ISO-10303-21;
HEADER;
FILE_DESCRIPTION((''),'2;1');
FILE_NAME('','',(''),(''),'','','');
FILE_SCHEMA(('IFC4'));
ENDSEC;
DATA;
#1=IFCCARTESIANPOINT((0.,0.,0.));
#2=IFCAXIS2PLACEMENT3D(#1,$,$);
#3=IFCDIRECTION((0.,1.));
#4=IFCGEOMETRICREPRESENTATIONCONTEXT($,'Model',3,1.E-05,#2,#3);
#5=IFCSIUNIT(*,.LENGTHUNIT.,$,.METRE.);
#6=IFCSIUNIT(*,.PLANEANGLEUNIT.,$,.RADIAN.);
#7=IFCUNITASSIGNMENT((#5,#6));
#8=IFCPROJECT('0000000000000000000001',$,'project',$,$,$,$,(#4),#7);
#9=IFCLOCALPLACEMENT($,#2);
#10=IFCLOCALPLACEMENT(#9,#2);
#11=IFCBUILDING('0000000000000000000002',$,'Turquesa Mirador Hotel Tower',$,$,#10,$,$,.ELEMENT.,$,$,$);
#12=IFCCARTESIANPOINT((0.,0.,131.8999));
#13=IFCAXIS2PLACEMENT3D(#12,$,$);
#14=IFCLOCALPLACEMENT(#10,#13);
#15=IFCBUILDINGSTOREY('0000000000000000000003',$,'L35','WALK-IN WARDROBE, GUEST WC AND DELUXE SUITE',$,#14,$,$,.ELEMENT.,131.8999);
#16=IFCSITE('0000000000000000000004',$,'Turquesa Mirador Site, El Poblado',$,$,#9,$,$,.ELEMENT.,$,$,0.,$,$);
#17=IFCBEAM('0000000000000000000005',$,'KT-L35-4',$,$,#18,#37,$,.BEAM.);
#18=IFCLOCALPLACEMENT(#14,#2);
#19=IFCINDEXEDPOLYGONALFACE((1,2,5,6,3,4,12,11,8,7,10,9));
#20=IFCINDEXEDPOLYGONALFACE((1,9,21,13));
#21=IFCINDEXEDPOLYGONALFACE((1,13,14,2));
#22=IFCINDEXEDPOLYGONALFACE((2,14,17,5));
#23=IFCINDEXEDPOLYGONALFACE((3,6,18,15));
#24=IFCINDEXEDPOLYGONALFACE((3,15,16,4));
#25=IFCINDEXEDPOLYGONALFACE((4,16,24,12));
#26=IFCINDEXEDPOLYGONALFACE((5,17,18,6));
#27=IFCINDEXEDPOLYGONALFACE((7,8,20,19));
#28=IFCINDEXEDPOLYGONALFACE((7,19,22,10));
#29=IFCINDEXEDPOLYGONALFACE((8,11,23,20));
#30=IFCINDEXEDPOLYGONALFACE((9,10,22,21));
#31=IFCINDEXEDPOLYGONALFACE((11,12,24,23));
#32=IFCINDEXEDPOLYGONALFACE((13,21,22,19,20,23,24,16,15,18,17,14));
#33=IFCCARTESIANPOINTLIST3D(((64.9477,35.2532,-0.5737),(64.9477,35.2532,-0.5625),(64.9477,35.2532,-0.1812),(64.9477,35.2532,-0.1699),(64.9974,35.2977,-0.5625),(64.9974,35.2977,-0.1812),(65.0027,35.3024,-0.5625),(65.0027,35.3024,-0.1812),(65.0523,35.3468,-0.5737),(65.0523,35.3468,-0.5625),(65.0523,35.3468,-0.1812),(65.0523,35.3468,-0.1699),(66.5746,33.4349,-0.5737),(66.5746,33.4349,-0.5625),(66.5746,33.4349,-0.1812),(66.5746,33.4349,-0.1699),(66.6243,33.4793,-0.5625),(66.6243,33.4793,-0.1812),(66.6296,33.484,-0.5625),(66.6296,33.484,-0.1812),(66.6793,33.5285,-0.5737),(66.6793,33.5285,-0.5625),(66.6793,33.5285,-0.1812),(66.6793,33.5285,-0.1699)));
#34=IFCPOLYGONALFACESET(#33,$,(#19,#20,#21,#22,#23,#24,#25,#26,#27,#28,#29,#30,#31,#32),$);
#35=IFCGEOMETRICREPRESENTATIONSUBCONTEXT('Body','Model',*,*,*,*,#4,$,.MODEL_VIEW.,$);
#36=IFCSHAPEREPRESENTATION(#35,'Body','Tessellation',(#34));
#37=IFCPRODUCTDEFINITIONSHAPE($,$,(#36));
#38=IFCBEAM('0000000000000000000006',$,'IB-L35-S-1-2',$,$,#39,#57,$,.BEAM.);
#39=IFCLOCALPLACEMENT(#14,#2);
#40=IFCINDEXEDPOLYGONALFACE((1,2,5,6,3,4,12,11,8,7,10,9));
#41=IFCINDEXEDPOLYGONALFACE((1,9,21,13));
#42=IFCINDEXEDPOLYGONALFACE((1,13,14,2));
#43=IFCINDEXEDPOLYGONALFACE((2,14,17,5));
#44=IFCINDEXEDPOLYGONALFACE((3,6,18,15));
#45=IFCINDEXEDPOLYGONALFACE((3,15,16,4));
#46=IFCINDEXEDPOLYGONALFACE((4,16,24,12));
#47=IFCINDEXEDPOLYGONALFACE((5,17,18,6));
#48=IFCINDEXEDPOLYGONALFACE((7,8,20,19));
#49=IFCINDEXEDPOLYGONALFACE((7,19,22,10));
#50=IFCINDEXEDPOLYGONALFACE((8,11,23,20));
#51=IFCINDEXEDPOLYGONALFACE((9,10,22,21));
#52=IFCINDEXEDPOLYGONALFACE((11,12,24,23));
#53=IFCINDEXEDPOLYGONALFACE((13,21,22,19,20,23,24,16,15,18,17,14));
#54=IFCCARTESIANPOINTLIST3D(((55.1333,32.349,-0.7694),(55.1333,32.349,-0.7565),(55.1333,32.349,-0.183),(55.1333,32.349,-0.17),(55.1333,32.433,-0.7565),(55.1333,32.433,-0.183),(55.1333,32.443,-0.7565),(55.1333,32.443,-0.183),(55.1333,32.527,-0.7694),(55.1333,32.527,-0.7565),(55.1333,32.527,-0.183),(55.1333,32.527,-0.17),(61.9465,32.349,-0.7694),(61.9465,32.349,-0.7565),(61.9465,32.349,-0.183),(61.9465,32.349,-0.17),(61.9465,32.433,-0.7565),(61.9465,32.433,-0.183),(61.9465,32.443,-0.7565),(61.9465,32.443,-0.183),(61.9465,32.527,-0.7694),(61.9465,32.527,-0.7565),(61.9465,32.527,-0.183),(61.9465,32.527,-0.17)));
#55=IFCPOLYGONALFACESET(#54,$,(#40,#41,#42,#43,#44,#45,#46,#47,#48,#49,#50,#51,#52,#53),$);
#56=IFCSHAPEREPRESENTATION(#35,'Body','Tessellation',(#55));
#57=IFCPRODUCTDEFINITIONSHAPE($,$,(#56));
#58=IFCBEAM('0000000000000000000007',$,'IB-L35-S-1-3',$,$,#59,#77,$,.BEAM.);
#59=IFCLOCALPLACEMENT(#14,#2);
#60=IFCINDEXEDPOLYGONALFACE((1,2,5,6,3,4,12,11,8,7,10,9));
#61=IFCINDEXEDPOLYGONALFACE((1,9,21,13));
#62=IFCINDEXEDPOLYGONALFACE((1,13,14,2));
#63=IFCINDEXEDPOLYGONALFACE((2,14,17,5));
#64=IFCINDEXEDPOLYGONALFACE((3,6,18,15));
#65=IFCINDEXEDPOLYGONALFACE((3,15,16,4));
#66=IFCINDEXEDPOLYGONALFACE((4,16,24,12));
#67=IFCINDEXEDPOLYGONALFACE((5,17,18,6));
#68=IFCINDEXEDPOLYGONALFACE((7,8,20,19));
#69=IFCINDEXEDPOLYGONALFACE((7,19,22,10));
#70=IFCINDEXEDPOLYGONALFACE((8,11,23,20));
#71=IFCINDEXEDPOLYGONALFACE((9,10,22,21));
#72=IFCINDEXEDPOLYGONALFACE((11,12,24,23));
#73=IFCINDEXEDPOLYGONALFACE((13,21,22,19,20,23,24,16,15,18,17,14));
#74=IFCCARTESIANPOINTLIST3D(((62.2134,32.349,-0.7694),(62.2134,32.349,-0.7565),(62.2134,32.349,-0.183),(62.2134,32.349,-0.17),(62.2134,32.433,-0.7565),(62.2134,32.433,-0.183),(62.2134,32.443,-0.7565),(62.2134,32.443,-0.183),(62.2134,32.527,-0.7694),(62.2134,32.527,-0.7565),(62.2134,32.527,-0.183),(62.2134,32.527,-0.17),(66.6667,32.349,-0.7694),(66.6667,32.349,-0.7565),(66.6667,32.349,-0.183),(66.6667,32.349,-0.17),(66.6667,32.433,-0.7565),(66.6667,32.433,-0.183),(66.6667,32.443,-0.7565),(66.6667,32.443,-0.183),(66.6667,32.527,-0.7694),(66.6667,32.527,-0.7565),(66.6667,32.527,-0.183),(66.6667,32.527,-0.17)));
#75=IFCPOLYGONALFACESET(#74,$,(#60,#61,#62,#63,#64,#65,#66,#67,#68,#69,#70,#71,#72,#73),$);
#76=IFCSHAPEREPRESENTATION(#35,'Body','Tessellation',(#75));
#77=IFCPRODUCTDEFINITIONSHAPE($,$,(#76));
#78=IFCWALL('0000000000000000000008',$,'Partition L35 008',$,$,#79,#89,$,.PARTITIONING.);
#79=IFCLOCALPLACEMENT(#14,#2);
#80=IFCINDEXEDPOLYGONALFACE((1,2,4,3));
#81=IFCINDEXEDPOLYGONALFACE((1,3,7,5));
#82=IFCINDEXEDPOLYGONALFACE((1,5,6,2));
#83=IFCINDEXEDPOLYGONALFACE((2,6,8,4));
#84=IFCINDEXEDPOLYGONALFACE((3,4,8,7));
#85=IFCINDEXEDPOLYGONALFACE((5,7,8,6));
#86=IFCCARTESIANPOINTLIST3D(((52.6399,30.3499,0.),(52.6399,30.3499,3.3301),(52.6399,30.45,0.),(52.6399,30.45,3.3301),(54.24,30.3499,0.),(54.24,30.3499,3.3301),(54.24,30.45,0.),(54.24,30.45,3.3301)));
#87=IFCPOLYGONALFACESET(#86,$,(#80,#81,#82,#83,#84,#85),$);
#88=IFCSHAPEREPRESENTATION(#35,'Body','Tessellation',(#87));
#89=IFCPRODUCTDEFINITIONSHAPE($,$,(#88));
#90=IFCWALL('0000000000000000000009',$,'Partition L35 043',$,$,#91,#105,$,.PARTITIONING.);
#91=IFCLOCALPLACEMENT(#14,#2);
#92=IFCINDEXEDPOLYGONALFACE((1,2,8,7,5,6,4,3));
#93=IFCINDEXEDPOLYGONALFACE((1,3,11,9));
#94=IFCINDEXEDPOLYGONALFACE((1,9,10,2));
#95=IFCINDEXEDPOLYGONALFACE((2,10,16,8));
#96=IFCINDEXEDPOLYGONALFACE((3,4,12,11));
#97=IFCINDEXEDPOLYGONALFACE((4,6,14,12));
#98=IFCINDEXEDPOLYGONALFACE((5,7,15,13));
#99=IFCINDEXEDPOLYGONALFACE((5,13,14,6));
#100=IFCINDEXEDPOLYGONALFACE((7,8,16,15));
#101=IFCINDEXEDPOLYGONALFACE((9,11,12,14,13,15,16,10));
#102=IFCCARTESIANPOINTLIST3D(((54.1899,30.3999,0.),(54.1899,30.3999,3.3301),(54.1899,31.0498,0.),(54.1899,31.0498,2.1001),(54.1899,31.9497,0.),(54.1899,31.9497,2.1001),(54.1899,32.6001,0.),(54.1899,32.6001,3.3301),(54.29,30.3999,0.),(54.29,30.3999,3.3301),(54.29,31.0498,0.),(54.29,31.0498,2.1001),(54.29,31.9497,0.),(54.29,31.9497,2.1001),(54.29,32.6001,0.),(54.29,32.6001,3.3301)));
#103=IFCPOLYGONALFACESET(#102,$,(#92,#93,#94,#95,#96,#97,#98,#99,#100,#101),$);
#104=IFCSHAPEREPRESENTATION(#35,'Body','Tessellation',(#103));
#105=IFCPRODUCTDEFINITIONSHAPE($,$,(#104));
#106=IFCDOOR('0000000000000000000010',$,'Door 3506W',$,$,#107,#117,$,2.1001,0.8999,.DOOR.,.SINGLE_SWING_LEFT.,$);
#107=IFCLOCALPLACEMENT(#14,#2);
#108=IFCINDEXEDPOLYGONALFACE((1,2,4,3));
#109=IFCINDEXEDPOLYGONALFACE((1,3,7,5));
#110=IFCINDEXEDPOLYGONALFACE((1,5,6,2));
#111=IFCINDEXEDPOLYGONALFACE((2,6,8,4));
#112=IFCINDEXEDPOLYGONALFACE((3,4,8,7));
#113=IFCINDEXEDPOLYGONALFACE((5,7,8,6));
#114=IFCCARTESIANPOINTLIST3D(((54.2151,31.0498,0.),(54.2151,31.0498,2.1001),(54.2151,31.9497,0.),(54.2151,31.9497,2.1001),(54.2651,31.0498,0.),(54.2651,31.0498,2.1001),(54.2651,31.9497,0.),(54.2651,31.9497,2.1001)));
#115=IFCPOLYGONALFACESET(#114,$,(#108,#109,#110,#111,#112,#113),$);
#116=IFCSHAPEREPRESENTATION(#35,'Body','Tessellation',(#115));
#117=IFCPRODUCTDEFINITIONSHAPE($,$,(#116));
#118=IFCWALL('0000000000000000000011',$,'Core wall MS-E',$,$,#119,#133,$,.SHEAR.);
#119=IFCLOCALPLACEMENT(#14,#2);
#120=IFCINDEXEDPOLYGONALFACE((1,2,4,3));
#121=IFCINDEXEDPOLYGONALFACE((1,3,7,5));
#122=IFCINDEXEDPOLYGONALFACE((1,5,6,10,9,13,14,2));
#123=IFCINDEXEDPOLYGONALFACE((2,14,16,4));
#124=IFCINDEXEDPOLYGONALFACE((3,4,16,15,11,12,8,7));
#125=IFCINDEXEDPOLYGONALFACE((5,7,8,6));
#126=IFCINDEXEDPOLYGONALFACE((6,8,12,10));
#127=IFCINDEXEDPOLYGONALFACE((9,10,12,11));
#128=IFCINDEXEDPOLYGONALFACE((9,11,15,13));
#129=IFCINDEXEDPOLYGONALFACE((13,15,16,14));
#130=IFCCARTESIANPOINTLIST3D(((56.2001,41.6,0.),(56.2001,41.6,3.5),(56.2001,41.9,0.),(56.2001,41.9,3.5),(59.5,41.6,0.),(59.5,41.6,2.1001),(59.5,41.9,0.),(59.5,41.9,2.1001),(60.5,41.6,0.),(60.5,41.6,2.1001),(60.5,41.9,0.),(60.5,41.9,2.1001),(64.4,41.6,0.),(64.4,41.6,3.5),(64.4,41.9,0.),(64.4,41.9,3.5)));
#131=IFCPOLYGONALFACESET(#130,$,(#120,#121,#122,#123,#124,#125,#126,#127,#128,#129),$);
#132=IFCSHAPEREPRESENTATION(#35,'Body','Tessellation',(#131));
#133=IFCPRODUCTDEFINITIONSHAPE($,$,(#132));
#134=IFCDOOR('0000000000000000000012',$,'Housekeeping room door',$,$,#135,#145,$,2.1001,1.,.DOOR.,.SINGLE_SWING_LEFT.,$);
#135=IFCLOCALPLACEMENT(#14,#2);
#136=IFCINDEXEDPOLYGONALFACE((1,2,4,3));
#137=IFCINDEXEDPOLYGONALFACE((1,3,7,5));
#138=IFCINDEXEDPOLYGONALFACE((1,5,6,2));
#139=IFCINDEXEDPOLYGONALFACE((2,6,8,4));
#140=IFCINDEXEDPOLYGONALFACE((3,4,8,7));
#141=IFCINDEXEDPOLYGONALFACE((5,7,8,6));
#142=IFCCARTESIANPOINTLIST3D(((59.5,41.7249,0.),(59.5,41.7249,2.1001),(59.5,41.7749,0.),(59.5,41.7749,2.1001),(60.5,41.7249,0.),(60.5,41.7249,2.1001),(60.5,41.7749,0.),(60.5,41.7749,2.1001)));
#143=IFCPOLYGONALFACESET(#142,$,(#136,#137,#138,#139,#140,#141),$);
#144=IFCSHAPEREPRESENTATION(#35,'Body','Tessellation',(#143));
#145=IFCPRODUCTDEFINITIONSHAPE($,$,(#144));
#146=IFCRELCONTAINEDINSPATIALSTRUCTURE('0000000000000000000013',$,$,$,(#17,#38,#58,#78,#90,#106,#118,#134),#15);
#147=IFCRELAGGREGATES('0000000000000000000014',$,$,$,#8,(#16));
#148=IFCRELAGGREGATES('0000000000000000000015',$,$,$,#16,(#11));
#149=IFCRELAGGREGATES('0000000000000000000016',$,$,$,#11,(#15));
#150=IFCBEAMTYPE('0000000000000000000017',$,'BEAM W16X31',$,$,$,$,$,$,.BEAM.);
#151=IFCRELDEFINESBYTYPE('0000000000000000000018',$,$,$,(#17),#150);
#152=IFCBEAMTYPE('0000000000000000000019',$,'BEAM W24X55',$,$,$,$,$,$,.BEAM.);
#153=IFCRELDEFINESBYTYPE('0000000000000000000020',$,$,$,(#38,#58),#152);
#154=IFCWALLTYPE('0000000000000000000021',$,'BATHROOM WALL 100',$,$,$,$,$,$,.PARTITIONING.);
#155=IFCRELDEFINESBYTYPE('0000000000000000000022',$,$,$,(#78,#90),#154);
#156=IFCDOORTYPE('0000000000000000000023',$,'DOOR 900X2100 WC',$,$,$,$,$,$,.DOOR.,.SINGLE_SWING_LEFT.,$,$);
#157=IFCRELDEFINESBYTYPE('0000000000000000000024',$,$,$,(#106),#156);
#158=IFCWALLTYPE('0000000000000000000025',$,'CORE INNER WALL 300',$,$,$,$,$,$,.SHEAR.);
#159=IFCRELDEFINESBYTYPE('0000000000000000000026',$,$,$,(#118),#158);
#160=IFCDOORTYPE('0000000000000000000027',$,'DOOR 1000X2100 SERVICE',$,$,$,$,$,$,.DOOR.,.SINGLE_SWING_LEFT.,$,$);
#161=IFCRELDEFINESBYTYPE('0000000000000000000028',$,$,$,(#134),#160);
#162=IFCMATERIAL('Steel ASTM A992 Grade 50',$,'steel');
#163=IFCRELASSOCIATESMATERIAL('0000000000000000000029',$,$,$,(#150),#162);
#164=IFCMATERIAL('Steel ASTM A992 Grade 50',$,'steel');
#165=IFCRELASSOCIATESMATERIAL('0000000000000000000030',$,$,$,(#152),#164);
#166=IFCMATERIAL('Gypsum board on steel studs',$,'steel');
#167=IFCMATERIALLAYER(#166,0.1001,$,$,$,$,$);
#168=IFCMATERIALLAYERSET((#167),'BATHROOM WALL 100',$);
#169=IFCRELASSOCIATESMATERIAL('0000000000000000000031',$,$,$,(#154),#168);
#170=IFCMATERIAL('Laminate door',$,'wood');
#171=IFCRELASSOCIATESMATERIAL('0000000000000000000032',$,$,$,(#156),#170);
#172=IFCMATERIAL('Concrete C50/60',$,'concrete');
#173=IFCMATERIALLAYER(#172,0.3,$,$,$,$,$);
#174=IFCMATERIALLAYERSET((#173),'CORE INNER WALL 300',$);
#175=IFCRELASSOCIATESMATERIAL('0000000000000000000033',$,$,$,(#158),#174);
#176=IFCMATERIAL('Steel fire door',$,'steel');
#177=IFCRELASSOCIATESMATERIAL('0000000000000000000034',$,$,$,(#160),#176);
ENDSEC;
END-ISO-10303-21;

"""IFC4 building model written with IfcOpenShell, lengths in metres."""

from ifc_helpers import new_model, si_unit, direction, frame, frame_2d, origin, origin_2d, place, context, subcontext, project, spatial, rectangle, i_section, extrude, material, layer, layer_set, material_profile, profile_set, type_object, element, fill, save


model = new_model("IFC4")

# Units and contexts
model_context = context("Model", 3, precision=1e-05, world=origin(), true_north=direction((0.0, 1.0)))
body_context = subcontext(model_context, "Body", "Model", "MODEL_VIEW")
ifc_project = project(units=[si_unit("LENGTHUNIT", "METRE"), si_unit("PLANEANGLEUNIT", "RADIAN")], contexts=[model_context])

# Site, building, storey
site_placement = place(None, origin())
site = spatial("IfcSite", under=ifc_project, at=site_placement, Name="Turquesa Mirador Site, El Poblado", CompositionType="ELEMENT", RefElevation=0.0)
building_placement = place(site_placement, origin())
building = spatial("IfcBuilding", under=site, at=building_placement, Name="Turquesa Mirador Hotel Tower", CompositionType="ELEMENT")
storey_placement = place(building_placement, frame((0.0, 0.0, 131.8999)))
storey = spatial("IfcBuildingStorey", under=building, at=storey_placement, Name="L35", Description="WALK-IN WARDROBE, GUEST WC AND DELUXE SUITE", CompositionType="ELEMENT", Elevation=131.8999)

# Beams
ifc_material_1 = material(Name="Steel ASTM A992 Grade 50", Category="steel")
ifc_material_profile_1 = material_profile(ifc_material_1, i_section(OverallWidth=0.1404, OverallDepth=0.4038, WebThickness=0.0071, FlangeThickness=0.0112, at=origin_2d()), Name="W16X31")
ifc_profile_set_1 = profile_set([ifc_material_profile_1], Name="Steel ASTM A992 Grade 50")
beam_type_1 = type_object("IfcBeamType", Name="BEAM W16X31", PredefinedType="BEAM", material=ifc_profile_set_1)
beam_1_placement = place(storey_placement, frame((66.627, 33.4817, -0.3718), z_axis=(-0.666795, 0.745241, 0.0), x_axis=(-0.745241, -0.666795, 0.0)))
element("IfcBeam", 1, at=beam_1_placement, inside=storey, type_object=beam_type_1, Name="KT-L35-4", PredefinedType="BEAM", context=body_context, shape_type="SweptSolid", body=[
    extrude(i_section(OverallWidth=0.1404, OverallDepth=0.4038, WebThickness=0.0071, FlangeThickness=0.0112, at=origin_2d()), origin(), (0.0, 0.0, 1.0), 2.4399),
])
ifc_material_2 = material(Name="Steel ASTM A992 Grade 50", Category="steel")
ifc_material_profile_2 = material_profile(ifc_material_2, i_section(OverallWidth=0.178, OverallDepth=0.5994, WebThickness=0.01, FlangeThickness=0.0129, at=origin_2d()), Name="W24X55")
ifc_profile_set_2 = profile_set([ifc_material_profile_2], Name="Steel ASTM A992 Grade 50")
beam_type_2 = type_object("IfcBeamType", Name="BEAM W24X55", PredefinedType="BEAM", material=ifc_profile_set_2)
beam_2_placement = place(storey_placement, frame((55.1333, 32.438, -0.4697), z_axis=(1.0, 0.0, 0.0), x_axis=(0.0, 1.0, 0.0)))
element("IfcBeam", 2, at=beam_2_placement, inside=storey, type_object=beam_type_2, Name="IB-L35-S-1-2", PredefinedType="BEAM", context=body_context, shape_type="SweptSolid", body=[
    extrude(i_section(OverallWidth=0.178, OverallDepth=0.5994, WebThickness=0.01, FlangeThickness=0.0129, at=origin_2d()), origin(), (0.0, 0.0, 1.0), 6.8132),
])
beam_3_placement = place(storey_placement, frame((62.2134, 32.438, -0.4697), z_axis=(1.0, 0.0, 0.0), x_axis=(0.0, 1.0, 0.0)))
element("IfcBeam", 3, at=beam_3_placement, inside=storey, type_object=beam_type_2, Name="IB-L35-S-1-3", PredefinedType="BEAM", context=body_context, shape_type="SweptSolid", body=[
    extrude(i_section(OverallWidth=0.178, OverallDepth=0.5994, WebThickness=0.01, FlangeThickness=0.0129, at=origin_2d()), origin(), (0.0, 0.0, 1.0), 4.4534),
])

# Wall
ifc_material_3 = material(Name="Gypsum board on steel studs", Category="steel")
ifc_layer_1 = layer(ifc_material_3, 0.1001)
ifc_layer_set_1 = layer_set([ifc_layer_1], Name="BATHROOM WALL 100")
wall_type_1 = type_object("IfcWallType", Name="BATHROOM WALL 100", PredefinedType="PARTITIONING", material=ifc_layer_set_1)
wall_1_placement = place(storey_placement, frame((52.6399, 30.3999, 0.0), z_axis=(0.0, 0.0, 1.0), x_axis=(1.0, 0.0, 0.0)))
element("IfcWall", 4, at=wall_1_placement, inside=storey, type_object=wall_type_1, Name="Partition L35 008", PredefinedType="PARTITIONING", context=body_context, shape_type="SweptSolid", body=[
    extrude(rectangle(XDim=1.6001, YDim=0.1001, at=frame_2d((0.8, 0.0))), origin(), (0.0, 0.0, 1.0), 3.3301),
])

# Walls, openings, doors
wall_2_placement = place(storey_placement, frame((54.24, 30.3999, 0.0), z_axis=(0.0, 0.0, 1.0), x_axis=(0.0, 1.0, 0.0)))
wall_2 = element("IfcWall", 5, at=wall_2_placement, inside=storey, type_object=wall_type_1, Name="Partition L35 043", PredefinedType="PARTITIONING", context=body_context, shape_type="SweptSolid", body=[
    extrude(rectangle(XDim=2.2002, YDim=0.1001, at=frame_2d((1.1001, 0.0))), origin(), (0.0, 0.0, 1.0), 3.3301),
])
opening_1_placement = place(wall_2_placement, frame((0.6499, 0.0, 0.0)))
opening_1 = element("IfcOpeningElement", 6, at=opening_1_placement, cuts=wall_2, PredefinedType="OPENING", context=body_context, shape_type="SweptSolid", body=[
    extrude(rectangle(XDim=0.8999, YDim=2.1001, at=frame_2d((0.45, 1.05))), frame((0.0, 0.0601, 0.0), z_axis=(0.0, -1.0, 0.0), x_axis=(1.0, 0.0, 0.0)), (0.0, 0.0, 1.0), 0.1201),
])
ifc_material_4 = material(Name="Laminate door", Category="wood")
door_type_1 = type_object("IfcDoorType", Name="DOOR 900X2100 WC", OperationType="SINGLE_SWING_LEFT", PredefinedType="DOOR", material=ifc_material_4)
door_1_placement = place(opening_1_placement, origin())
door_1 = element("IfcDoor", 7, at=door_1_placement, inside=storey, type_object=door_type_1, Name="Door 3506W", OperationType="SINGLE_SWING_LEFT", OverallHeight=2.1001, OverallWidth=0.8999, PredefinedType="DOOR", context=body_context, shape_type="SweptSolid", body=[
    extrude(rectangle(XDim=0.8999, YDim=2.1001, at=frame_2d((0.45, 1.05))), frame((0.0, 0.0249, 0.0), z_axis=(0.0, -1.0, 0.0), x_axis=(1.0, 0.0, 0.0)), (0.0, 0.0, 1.0), 0.05),
])
fill(opening_1, door_1)
ifc_material_5 = material(Name="Concrete C50/60", Category="concrete")
ifc_layer_2 = layer(ifc_material_5, 0.3)
ifc_layer_set_2 = layer_set([ifc_layer_2], Name="CORE INNER WALL 300")
wall_type_2 = type_object("IfcWallType", Name="CORE INNER WALL 300", PredefinedType="SHEAR", material=ifc_layer_set_2)
wall_3_placement = place(storey_placement, frame((56.2, 41.75, 0.0), z_axis=(0.0, 0.0, 1.0), x_axis=(1.0, 0.0, 0.0)))
wall_3 = element("IfcWall", 8, at=wall_3_placement, inside=storey, type_object=wall_type_2, Name="Core wall MS-E", PredefinedType="SHEAR", context=body_context, shape_type="SweptSolid", body=[
    extrude(rectangle(XDim=8.2, YDim=0.3, at=frame_2d((4.1001, 0.0))), origin(), (0.0, 0.0, 1.0), 3.5),
])
opening_2_placement = place(wall_3_placement, frame((3.3, 0.0, 0.0)))
opening_2 = element("IfcOpeningElement", 9, at=opening_2_placement, cuts=wall_3, PredefinedType="OPENING", context=body_context, shape_type="SweptSolid", body=[
    extrude(rectangle(XDim=1.0, YDim=2.1001, at=frame_2d((0.5, 1.05))), frame((0.0, 0.1599, 0.0), z_axis=(0.0, -1.0, 0.0), x_axis=(1.0, 0.0, 0.0)), (0.0, 0.0, 1.0), 0.3201),
])
ifc_material_6 = material(Name="Steel fire door", Category="steel")
door_type_2 = type_object("IfcDoorType", Name="DOOR 1000X2100 SERVICE", OperationType="SINGLE_SWING_LEFT", PredefinedType="DOOR", material=ifc_material_6)
door_2_placement = place(opening_2_placement, origin())
door_2 = element("IfcDoor", 10, at=door_2_placement, inside=storey, type_object=door_type_2, Name="Housekeeping room door", OperationType="SINGLE_SWING_LEFT", OverallHeight=2.1001, OverallWidth=1.0, PredefinedType="DOOR", context=body_context, shape_type="SweptSolid", body=[
    extrude(rectangle(XDim=1.0, YDim=2.1001, at=frame_2d((0.5, 1.05))), frame((0.0, 0.0249, 0.0), z_axis=(0.0, -1.0, 0.0), x_axis=(1.0, 0.0, 0.0)), (0.0, 0.0, 1.0), 0.05),
])
fill(opening_2, door_2)

save(model, "model.ifc")
